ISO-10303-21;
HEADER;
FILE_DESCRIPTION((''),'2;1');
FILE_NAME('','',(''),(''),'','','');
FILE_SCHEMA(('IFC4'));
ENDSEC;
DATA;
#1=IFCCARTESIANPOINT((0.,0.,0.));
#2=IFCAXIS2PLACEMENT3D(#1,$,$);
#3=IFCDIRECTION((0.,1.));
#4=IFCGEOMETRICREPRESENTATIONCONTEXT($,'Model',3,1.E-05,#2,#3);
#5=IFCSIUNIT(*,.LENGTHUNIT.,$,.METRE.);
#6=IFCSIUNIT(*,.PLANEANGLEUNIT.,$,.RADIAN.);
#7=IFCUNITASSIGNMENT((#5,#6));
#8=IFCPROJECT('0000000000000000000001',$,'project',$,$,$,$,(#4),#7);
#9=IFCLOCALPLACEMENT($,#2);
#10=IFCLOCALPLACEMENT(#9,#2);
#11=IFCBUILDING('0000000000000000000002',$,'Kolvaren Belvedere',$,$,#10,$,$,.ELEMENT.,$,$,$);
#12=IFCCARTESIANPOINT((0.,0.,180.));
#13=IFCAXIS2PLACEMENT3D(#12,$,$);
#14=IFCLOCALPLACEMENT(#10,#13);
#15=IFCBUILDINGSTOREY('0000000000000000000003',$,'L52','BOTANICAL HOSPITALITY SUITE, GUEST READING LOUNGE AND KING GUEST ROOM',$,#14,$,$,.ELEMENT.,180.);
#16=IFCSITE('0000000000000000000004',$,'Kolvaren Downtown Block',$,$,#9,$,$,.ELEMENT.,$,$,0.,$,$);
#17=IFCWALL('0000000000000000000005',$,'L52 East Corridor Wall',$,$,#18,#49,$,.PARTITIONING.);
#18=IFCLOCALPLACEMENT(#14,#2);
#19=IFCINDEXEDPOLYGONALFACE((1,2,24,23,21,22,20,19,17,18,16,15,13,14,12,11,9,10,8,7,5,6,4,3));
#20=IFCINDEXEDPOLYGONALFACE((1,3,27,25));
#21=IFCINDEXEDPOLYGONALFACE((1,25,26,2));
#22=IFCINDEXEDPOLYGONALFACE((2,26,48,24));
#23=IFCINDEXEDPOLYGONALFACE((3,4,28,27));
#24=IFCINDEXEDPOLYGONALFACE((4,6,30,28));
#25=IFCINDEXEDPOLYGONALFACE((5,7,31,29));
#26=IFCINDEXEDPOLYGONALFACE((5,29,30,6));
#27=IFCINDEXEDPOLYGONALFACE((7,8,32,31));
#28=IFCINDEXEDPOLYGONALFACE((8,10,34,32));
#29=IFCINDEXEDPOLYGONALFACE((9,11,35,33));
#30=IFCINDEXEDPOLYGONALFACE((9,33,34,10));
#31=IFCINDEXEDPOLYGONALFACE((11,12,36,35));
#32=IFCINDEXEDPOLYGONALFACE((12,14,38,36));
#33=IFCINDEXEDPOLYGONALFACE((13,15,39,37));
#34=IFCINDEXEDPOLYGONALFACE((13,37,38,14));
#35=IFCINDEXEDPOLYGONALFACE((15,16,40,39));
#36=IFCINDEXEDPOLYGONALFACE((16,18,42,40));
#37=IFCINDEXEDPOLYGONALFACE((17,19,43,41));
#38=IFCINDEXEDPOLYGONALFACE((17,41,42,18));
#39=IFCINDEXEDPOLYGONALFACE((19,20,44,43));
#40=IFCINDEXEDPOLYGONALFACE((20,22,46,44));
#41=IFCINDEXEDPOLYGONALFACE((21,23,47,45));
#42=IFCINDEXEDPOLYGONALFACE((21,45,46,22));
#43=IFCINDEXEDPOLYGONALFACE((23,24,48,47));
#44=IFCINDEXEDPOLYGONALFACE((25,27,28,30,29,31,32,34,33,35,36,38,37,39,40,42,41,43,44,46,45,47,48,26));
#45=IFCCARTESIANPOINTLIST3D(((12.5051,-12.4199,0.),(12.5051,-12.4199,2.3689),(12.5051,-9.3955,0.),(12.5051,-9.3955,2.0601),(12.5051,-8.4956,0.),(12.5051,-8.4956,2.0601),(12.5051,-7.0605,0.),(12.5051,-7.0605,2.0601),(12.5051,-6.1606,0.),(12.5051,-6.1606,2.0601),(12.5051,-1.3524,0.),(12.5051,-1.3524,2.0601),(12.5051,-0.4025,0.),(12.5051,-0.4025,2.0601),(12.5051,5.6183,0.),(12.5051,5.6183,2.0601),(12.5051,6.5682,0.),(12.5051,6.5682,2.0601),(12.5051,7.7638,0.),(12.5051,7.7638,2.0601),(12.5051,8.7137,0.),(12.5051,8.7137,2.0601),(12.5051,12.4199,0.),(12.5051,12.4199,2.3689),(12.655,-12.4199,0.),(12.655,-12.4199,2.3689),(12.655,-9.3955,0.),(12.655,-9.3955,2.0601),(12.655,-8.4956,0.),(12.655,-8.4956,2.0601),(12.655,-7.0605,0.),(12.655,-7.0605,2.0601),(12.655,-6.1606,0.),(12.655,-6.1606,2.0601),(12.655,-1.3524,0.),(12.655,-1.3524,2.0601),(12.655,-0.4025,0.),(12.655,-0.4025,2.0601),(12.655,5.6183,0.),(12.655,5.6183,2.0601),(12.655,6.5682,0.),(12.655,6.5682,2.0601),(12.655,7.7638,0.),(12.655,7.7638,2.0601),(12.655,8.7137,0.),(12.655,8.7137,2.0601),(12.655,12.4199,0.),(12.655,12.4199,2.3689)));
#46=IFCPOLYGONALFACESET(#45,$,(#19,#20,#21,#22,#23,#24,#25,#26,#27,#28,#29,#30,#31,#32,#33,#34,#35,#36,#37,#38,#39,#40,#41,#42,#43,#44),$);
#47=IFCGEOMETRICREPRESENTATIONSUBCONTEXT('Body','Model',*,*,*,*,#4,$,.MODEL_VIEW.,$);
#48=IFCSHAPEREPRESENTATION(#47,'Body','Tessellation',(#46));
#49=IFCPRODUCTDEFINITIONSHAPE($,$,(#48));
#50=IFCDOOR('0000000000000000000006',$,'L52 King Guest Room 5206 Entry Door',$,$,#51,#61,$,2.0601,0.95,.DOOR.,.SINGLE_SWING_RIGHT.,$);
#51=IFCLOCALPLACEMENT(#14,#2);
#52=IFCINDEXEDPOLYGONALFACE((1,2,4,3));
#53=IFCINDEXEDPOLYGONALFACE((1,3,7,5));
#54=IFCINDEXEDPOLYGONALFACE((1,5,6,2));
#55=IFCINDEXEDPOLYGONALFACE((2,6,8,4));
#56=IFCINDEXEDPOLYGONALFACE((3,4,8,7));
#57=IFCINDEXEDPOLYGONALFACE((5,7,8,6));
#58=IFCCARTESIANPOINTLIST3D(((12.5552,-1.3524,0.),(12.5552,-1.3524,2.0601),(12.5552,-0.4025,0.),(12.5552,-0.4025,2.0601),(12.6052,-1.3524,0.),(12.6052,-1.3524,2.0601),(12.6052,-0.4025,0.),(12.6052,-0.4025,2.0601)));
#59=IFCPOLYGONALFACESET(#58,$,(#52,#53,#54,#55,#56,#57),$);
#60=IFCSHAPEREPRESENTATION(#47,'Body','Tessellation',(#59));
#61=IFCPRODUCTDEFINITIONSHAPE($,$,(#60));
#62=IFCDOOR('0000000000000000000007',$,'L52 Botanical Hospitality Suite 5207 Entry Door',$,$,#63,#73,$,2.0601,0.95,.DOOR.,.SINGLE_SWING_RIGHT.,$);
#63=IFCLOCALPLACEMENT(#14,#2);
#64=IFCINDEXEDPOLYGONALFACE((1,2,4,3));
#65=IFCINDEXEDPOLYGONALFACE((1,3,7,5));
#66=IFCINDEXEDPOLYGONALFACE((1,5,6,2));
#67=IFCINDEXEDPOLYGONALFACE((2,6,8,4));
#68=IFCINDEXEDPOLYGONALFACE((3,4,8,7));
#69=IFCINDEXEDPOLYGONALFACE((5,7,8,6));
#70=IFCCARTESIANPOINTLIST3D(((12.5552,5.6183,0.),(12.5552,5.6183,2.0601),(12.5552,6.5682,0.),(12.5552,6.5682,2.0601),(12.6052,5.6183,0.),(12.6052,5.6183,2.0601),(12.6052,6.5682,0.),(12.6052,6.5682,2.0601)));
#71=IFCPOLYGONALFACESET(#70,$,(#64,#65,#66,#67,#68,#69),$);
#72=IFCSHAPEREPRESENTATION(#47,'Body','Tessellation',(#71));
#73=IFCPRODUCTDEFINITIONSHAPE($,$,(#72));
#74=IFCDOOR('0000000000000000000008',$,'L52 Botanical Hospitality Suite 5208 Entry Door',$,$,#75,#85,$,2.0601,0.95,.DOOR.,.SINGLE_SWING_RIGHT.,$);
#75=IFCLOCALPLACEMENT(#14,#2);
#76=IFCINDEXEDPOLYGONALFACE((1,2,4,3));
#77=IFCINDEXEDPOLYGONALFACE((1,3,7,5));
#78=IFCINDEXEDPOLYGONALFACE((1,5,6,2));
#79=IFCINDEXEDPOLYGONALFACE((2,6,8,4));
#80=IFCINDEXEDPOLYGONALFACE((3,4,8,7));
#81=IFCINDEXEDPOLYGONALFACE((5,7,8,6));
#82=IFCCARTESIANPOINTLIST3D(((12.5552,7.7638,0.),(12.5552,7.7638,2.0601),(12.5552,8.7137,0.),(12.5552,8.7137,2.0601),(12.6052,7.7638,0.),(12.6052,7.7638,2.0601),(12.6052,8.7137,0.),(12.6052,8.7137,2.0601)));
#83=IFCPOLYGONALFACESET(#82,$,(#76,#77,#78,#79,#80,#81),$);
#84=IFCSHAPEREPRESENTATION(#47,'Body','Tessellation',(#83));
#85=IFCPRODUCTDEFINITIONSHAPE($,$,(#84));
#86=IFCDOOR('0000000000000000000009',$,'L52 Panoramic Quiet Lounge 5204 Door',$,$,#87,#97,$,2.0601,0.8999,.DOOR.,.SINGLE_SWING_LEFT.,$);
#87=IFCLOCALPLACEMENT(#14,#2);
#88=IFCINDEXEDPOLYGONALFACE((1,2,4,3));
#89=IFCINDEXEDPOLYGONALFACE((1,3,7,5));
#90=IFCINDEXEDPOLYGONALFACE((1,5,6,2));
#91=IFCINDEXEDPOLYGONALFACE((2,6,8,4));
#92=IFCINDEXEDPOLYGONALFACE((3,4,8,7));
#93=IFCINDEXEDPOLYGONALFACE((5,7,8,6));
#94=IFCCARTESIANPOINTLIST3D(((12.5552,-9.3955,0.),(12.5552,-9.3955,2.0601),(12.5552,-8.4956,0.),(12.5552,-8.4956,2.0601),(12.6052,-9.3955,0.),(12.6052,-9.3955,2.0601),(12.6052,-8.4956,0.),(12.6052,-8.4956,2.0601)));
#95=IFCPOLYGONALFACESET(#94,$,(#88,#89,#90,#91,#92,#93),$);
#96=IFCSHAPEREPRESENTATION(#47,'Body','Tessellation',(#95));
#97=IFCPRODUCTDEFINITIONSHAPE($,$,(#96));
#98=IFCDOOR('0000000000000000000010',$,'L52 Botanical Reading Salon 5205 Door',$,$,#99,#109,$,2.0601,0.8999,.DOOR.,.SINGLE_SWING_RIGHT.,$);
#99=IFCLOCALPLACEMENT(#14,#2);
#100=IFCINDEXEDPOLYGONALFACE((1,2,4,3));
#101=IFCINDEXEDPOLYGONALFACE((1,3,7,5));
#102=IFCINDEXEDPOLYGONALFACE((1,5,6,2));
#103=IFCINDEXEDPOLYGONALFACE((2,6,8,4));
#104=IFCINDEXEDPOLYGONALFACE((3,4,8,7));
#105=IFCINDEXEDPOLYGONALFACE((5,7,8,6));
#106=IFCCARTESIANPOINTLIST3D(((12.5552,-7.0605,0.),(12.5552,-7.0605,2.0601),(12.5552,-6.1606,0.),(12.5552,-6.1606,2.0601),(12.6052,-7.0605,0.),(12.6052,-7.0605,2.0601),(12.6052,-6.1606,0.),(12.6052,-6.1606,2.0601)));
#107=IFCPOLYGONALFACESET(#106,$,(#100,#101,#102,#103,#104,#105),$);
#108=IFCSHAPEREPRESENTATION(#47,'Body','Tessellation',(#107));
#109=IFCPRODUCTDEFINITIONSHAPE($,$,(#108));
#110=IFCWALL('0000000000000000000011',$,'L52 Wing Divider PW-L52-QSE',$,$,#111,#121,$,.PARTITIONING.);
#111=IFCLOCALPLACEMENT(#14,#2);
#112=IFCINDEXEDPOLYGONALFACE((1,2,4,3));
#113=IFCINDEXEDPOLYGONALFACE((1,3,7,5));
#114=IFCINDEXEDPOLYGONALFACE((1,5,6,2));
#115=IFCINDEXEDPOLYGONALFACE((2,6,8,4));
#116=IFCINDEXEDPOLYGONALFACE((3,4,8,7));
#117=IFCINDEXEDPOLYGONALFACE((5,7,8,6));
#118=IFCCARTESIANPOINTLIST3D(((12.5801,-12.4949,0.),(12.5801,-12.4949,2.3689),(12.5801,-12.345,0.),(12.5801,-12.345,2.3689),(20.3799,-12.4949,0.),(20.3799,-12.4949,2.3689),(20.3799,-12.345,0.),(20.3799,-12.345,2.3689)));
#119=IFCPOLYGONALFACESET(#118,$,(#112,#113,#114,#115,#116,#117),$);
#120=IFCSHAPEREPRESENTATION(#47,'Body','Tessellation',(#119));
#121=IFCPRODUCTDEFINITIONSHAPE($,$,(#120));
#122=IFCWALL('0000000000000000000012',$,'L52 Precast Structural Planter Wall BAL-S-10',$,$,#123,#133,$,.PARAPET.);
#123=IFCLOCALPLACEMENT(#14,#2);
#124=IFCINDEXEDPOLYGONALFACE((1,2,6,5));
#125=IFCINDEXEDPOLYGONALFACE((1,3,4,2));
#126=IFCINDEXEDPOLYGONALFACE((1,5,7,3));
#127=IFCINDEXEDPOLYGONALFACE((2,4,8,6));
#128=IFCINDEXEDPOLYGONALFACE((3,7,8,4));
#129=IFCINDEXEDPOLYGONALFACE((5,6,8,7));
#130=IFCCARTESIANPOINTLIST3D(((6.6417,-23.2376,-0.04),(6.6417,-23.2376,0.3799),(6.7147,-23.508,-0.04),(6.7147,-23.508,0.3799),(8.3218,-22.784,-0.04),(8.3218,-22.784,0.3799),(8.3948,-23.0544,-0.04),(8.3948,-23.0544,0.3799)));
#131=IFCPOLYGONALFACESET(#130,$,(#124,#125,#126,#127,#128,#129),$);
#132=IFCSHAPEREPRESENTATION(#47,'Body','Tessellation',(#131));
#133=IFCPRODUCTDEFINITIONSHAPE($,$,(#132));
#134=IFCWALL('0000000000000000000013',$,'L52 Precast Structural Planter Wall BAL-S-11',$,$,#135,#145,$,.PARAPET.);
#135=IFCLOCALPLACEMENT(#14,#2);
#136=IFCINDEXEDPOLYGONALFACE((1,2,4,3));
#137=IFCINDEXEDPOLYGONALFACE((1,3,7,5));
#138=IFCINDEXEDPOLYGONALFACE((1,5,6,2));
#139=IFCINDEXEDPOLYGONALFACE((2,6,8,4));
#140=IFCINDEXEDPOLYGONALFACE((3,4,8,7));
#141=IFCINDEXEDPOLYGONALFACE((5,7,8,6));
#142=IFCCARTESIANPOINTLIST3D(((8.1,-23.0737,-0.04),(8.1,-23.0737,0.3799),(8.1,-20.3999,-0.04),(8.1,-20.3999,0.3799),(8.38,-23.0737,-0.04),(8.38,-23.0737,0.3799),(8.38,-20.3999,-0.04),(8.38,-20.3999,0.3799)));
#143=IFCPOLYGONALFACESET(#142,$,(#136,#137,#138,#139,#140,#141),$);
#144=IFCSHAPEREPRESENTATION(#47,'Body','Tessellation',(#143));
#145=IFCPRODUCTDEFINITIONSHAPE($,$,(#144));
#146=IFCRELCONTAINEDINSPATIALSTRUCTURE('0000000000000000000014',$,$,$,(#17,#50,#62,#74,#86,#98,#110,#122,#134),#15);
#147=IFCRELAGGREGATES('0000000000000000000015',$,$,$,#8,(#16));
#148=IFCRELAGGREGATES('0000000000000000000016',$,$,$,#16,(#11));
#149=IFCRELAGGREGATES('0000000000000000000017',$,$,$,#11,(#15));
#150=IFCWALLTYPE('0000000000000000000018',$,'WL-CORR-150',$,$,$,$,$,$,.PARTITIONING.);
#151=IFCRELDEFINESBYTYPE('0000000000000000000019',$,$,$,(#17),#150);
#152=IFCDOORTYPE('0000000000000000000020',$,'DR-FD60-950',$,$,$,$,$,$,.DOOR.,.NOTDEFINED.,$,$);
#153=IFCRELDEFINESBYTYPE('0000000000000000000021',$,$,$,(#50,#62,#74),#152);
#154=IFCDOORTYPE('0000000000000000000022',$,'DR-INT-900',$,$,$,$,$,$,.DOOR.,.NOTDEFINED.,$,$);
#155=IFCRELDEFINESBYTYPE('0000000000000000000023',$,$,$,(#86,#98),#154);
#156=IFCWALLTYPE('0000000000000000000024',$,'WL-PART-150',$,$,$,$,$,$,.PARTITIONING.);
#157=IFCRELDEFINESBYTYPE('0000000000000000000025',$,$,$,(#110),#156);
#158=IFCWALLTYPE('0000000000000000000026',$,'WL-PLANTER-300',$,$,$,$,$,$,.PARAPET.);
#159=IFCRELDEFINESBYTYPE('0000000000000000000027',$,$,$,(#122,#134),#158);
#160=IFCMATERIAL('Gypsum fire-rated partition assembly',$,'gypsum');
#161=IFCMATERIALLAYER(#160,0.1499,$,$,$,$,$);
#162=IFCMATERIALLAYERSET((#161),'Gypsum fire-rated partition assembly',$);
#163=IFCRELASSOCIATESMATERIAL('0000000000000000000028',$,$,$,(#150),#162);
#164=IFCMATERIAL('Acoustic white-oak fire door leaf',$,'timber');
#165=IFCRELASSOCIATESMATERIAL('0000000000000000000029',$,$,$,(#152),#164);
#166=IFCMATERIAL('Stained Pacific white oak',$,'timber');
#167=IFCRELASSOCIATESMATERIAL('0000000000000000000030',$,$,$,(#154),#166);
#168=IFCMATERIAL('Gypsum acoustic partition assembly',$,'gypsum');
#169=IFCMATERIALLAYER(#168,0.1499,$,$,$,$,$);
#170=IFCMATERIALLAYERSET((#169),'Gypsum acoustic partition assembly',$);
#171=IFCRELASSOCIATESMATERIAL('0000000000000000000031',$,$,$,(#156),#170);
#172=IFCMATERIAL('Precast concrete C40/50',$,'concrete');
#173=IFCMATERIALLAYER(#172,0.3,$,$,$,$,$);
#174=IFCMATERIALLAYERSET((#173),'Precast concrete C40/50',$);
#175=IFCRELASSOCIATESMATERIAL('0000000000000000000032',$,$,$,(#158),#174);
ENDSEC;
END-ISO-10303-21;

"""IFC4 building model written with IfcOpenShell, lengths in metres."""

from ifc_helpers import new_model, si_unit, direction, frame, frame_2d, origin, place, context, subcontext, project, spatial, rectangle, extrude, material, layer, layer_set, type_object, element, fill, save


model = new_model("IFC4")

# Units and contexts
model_context = context("Model", 3, precision=1e-05, world=origin(), true_north=direction((0.0, 1.0)))
body_context = subcontext(model_context, "Body", "Model", "MODEL_VIEW")
ifc_project = project(units=[si_unit("LENGTHUNIT", "METRE"), si_unit("PLANEANGLEUNIT", "RADIAN")], contexts=[model_context])

# Site, building, storey
site_placement = place(None, origin())
site = spatial("IfcSite", under=ifc_project, at=site_placement, Name="Kolvaren Downtown Block", CompositionType="ELEMENT", RefElevation=0.0)
building_placement = place(site_placement, origin())
building = spatial("IfcBuilding", under=site, at=building_placement, Name="Kolvaren Belvedere", CompositionType="ELEMENT")
storey_placement = place(building_placement, frame((0.0, 0.0, 180.0)))
storey = spatial("IfcBuildingStorey", under=building, at=storey_placement, Name="L52", Description="BOTANICAL HOSPITALITY SUITE, GUEST READING LOUNGE AND KING GUEST ROOM", CompositionType="ELEMENT", Elevation=180.0)

# Wall, openings, doors
ifc_material_1 = material(Name="Gypsum fire-rated partition assembly", Category="gypsum")
ifc_layer_1 = layer(ifc_material_1, 0.1499)
ifc_layer_set_1 = layer_set([ifc_layer_1], Name="Gypsum fire-rated partition assembly")
wall_type_1 = type_object("IfcWallType", Name="WL-CORR-150", PredefinedType="PARTITIONING", material=ifc_layer_set_1)
wall_1_placement = place(storey_placement, frame((12.5801, -12.4199, 0.0), z_axis=(0.0, 0.0, 1.0), x_axis=(0.0, 1.0, 0.0)))
wall_1 = element("IfcWall", 1, at=wall_1_placement, inside=storey, type_object=wall_type_1, Name="L52 East Corridor Wall", PredefinedType="PARTITIONING", context=body_context, shape_type="SweptSolid", body=[
    extrude(rectangle(XDim=24.8398, YDim=0.1499, at=frame_2d((12.4199, 0.0))), origin(), (0.0, 0.0, 1.0), 2.3689),
])
opening_1_placement = place(wall_1_placement, frame((3.0244, 0.0, 0.0)))
opening_1 = element("IfcOpeningElement", 2, at=opening_1_placement, cuts=wall_1, PredefinedType="OPENING", context=body_context, shape_type="SweptSolid", body=[
    extrude(rectangle(XDim=0.8999, YDim=2.0601, at=frame_2d((0.45, 1.03))), frame((0.0, 0.085, 0.0), z_axis=(0.0, -1.0, 0.0), x_axis=(1.0, 0.0, 0.0)), (0.0, 0.0, 1.0), 0.1699),
])
opening_2_placement = place(wall_1_placement, frame((5.3594, 0.0, 0.0)))
opening_2 = element("IfcOpeningElement", 3, at=opening_2_placement, cuts=wall_1, PredefinedType="OPENING", context=body_context, shape_type="SweptSolid", body=[
    extrude(rectangle(XDim=0.8999, YDim=2.0601, at=frame_2d((0.45, 1.03))), frame((0.0, 0.085, 0.0), z_axis=(0.0, -1.0, 0.0), x_axis=(1.0, 0.0, 0.0)), (0.0, 0.0, 1.0), 0.1699),
])
opening_3_placement = place(wall_1_placement, frame((11.0674, 0.0, 0.0)))
opening_3 = element("IfcOpeningElement", 4, at=opening_3_placement, cuts=wall_1, PredefinedType="OPENING", context=body_context, shape_type="SweptSolid", body=[
    extrude(rectangle(XDim=0.95, YDim=2.0601, at=frame_2d((0.4751, 1.03))), frame((0.0, 0.085, 0.0), z_axis=(0.0, -1.0, 0.0), x_axis=(1.0, 0.0, 0.0)), (0.0, 0.0, 1.0), 0.1699),
])
opening_4_placement = place(wall_1_placement, frame((18.0381, 0.0, 0.0)))
opening_4 = element("IfcOpeningElement", 5, at=opening_4_placement, cuts=wall_1, PredefinedType="OPENING", context=body_context, shape_type="SweptSolid", body=[
    extrude(rectangle(XDim=0.95, YDim=2.0601, at=frame_2d((0.4751, 1.03))), frame((0.0, 0.085, 0.0), z_axis=(0.0, -1.0, 0.0), x_axis=(1.0, 0.0, 0.0)), (0.0, 0.0, 1.0), 0.1699),
])
opening_5_placement = place(wall_1_placement, frame((20.1836, 0.0, 0.0)))
opening_5 = element("IfcOpeningElement", 6, at=opening_5_placement, cuts=wall_1, PredefinedType="OPENING", context=body_context, shape_type="SweptSolid", body=[
    extrude(rectangle(XDim=0.95, YDim=2.0601, at=frame_2d((0.4751, 1.03))), frame((0.0, 0.085, 0.0), z_axis=(0.0, -1.0, 0.0), x_axis=(1.0, 0.0, 0.0)), (0.0, 0.0, 1.0), 0.1699),
])
ifc_material_2 = material(Name="Acoustic white-oak fire door leaf", Category="timber")
door_type_1 = type_object("IfcDoorType", Name="DR-FD60-950", OperationType="NOTDEFINED", PredefinedType="DOOR", material=ifc_material_2)
door_1_placement = place(opening_3_placement, origin())
door_1 = element("IfcDoor", 7, at=door_1_placement, inside=storey, type_object=door_type_1, Name="L52 King Guest Room 5206 Entry Door", OperationType="SINGLE_SWING_RIGHT", OverallHeight=2.0601, OverallWidth=0.95, PredefinedType="DOOR", context=body_context, shape_type="SweptSolid", body=[
    extrude(rectangle(XDim=0.95, YDim=2.0601, at=frame_2d((0.4751, 1.03))), frame((0.0, 0.0249, 0.0), z_axis=(0.0, -1.0, 0.0), x_axis=(1.0, 0.0, 0.0)), (0.0, 0.0, 1.0), 0.05),
])
fill(opening_3, door_1)
door_2_placement = place(opening_4_placement, origin())
door_2 = element("IfcDoor", 8, at=door_2_placement, inside=storey, type_object=door_type_1, Name="L52 Botanical Hospitality Suite 5207 Entry Door", OperationType="SINGLE_SWING_RIGHT", OverallHeight=2.0601, OverallWidth=0.95, PredefinedType="DOOR", context=body_context, shape_type="SweptSolid", body=[
    extrude(rectangle(XDim=0.95, YDim=2.0601, at=frame_2d((0.4751, 1.03))), frame((0.0, 0.0249, 0.0), z_axis=(0.0, -1.0, 0.0), x_axis=(1.0, 0.0, 0.0)), (0.0, 0.0, 1.0), 0.05),
])
fill(opening_4, door_2)
door_3_placement = place(opening_5_placement, origin())
door_3 = element("IfcDoor", 9, at=door_3_placement, inside=storey, type_object=door_type_1, Name="L52 Botanical Hospitality Suite 5208 Entry Door", OperationType="SINGLE_SWING_RIGHT", OverallHeight=2.0601, OverallWidth=0.95, PredefinedType="DOOR", context=body_context, shape_type="SweptSolid", body=[
    extrude(rectangle(XDim=0.95, YDim=2.0601, at=frame_2d((0.4751, 1.03))), frame((0.0, 0.0249, 0.0), z_axis=(0.0, -1.0, 0.0), x_axis=(1.0, 0.0, 0.0)), (0.0, 0.0, 1.0), 0.05),
])
fill(opening_5, door_3)
ifc_material_3 = material(Name="Stained Pacific white oak", Category="timber")
door_type_2 = type_object("IfcDoorType", Name="DR-INT-900", OperationType="NOTDEFINED", PredefinedType="DOOR", material=ifc_material_3)
door_4_placement = place(opening_1_placement, origin())
door_4 = element("IfcDoor", 10, at=door_4_placement, inside=storey, type_object=door_type_2, Name="L52 Panoramic Quiet Lounge 5204 Door", OperationType="SINGLE_SWING_LEFT", OverallHeight=2.0601, OverallWidth=0.8999, PredefinedType="DOOR", context=body_context, shape_type="SweptSolid", body=[
    extrude(rectangle(XDim=0.8999, YDim=2.0601, at=frame_2d((0.45, 1.03))), frame((0.0, 0.0249, 0.0), z_axis=(0.0, -1.0, 0.0), x_axis=(1.0, 0.0, 0.0)), (0.0, 0.0, 1.0), 0.05),
])
fill(opening_1, door_4)
door_5_placement = place(opening_2_placement, origin())
door_5 = element("IfcDoor", 11, at=door_5_placement, inside=storey, type_object=door_type_2, Name="L52 Botanical Reading Salon 5205 Door", OperationType="SINGLE_SWING_RIGHT", OverallHeight=2.0601, OverallWidth=0.8999, PredefinedType="DOOR", context=body_context, shape_type="SweptSolid", body=[
    extrude(rectangle(XDim=0.8999, YDim=2.0601, at=frame_2d((0.45, 1.03))), frame((0.0, 0.0249, 0.0), z_axis=(0.0, -1.0, 0.0), x_axis=(1.0, 0.0, 0.0)), (0.0, 0.0, 1.0), 0.05),
])
fill(opening_2, door_5)

# Walls
ifc_material_4 = material(Name="Gypsum acoustic partition assembly", Category="gypsum")
ifc_layer_2 = layer(ifc_material_4, 0.1499)
ifc_layer_set_2 = layer_set([ifc_layer_2], Name="Gypsum acoustic partition assembly")
wall_type_2 = type_object("IfcWallType", Name="WL-PART-150", PredefinedType="PARTITIONING", material=ifc_layer_set_2)
wall_2_placement = place(storey_placement, frame((12.5801, -12.4199, 0.0), z_axis=(0.0, 0.0, 1.0), x_axis=(1.0, 0.0, 0.0)))
element("IfcWall", 12, at=wall_2_placement, inside=storey, type_object=wall_type_2, Name="L52 Wing Divider PW-L52-QSE", PredefinedType="PARTITIONING", context=body_context, shape_type="SweptSolid", body=[
    extrude(rectangle(XDim=7.7998, YDim=0.1499, at=frame_2d((3.8999, 0.0))), origin(), (0.0, 0.0, 1.0), 2.3689),
])
ifc_material_5 = material(Name="Precast concrete C40/50", Category="concrete")
ifc_layer_3 = layer(ifc_material_5, 0.3)
ifc_layer_set_3 = layer_set([ifc_layer_3], Name="Precast concrete C40/50")
wall_type_3 = type_object("IfcWallType", Name="WL-PLANTER-300", PredefinedType="PARAPET", material=ifc_layer_set_3)
wall_3_placement = place(storey_placement, frame((6.6782, -23.3728, -0.04), z_axis=(0.0, 0.0, 1.0), x_axis=(0.965434, 0.260648, 0.0)))
element("IfcWall", 13, at=wall_3_placement, inside=storey, type_object=wall_type_3, Name="L52 Precast Structural Planter Wall BAL-S-10", PredefinedType="PARAPET", context=body_context, shape_type="SweptSolid", body=[
    extrude(rectangle(XDim=1.7402, YDim=0.28, at=frame_2d((0.8701, 0.0))), origin(), (0.0, 0.0, 1.0), 0.4199),
])
wall_4_placement = place(storey_placement, frame((8.24, -23.0737, -0.04), z_axis=(0.0, 0.0, 1.0), x_axis=(0.0, 1.0, 0.0)))
element("IfcWall", 14, at=wall_4_placement, inside=storey, type_object=wall_type_3, Name="L52 Precast Structural Planter Wall BAL-S-11", PredefinedType="PARAPET", context=body_context, shape_type="SweptSolid", body=[
    extrude(rectangle(XDim=2.6738, YDim=0.28, at=frame_2d((1.3369, 0.0))), origin(), (0.0, 0.0, 1.0), 0.4199),
])

save(model, "model.ifc")
